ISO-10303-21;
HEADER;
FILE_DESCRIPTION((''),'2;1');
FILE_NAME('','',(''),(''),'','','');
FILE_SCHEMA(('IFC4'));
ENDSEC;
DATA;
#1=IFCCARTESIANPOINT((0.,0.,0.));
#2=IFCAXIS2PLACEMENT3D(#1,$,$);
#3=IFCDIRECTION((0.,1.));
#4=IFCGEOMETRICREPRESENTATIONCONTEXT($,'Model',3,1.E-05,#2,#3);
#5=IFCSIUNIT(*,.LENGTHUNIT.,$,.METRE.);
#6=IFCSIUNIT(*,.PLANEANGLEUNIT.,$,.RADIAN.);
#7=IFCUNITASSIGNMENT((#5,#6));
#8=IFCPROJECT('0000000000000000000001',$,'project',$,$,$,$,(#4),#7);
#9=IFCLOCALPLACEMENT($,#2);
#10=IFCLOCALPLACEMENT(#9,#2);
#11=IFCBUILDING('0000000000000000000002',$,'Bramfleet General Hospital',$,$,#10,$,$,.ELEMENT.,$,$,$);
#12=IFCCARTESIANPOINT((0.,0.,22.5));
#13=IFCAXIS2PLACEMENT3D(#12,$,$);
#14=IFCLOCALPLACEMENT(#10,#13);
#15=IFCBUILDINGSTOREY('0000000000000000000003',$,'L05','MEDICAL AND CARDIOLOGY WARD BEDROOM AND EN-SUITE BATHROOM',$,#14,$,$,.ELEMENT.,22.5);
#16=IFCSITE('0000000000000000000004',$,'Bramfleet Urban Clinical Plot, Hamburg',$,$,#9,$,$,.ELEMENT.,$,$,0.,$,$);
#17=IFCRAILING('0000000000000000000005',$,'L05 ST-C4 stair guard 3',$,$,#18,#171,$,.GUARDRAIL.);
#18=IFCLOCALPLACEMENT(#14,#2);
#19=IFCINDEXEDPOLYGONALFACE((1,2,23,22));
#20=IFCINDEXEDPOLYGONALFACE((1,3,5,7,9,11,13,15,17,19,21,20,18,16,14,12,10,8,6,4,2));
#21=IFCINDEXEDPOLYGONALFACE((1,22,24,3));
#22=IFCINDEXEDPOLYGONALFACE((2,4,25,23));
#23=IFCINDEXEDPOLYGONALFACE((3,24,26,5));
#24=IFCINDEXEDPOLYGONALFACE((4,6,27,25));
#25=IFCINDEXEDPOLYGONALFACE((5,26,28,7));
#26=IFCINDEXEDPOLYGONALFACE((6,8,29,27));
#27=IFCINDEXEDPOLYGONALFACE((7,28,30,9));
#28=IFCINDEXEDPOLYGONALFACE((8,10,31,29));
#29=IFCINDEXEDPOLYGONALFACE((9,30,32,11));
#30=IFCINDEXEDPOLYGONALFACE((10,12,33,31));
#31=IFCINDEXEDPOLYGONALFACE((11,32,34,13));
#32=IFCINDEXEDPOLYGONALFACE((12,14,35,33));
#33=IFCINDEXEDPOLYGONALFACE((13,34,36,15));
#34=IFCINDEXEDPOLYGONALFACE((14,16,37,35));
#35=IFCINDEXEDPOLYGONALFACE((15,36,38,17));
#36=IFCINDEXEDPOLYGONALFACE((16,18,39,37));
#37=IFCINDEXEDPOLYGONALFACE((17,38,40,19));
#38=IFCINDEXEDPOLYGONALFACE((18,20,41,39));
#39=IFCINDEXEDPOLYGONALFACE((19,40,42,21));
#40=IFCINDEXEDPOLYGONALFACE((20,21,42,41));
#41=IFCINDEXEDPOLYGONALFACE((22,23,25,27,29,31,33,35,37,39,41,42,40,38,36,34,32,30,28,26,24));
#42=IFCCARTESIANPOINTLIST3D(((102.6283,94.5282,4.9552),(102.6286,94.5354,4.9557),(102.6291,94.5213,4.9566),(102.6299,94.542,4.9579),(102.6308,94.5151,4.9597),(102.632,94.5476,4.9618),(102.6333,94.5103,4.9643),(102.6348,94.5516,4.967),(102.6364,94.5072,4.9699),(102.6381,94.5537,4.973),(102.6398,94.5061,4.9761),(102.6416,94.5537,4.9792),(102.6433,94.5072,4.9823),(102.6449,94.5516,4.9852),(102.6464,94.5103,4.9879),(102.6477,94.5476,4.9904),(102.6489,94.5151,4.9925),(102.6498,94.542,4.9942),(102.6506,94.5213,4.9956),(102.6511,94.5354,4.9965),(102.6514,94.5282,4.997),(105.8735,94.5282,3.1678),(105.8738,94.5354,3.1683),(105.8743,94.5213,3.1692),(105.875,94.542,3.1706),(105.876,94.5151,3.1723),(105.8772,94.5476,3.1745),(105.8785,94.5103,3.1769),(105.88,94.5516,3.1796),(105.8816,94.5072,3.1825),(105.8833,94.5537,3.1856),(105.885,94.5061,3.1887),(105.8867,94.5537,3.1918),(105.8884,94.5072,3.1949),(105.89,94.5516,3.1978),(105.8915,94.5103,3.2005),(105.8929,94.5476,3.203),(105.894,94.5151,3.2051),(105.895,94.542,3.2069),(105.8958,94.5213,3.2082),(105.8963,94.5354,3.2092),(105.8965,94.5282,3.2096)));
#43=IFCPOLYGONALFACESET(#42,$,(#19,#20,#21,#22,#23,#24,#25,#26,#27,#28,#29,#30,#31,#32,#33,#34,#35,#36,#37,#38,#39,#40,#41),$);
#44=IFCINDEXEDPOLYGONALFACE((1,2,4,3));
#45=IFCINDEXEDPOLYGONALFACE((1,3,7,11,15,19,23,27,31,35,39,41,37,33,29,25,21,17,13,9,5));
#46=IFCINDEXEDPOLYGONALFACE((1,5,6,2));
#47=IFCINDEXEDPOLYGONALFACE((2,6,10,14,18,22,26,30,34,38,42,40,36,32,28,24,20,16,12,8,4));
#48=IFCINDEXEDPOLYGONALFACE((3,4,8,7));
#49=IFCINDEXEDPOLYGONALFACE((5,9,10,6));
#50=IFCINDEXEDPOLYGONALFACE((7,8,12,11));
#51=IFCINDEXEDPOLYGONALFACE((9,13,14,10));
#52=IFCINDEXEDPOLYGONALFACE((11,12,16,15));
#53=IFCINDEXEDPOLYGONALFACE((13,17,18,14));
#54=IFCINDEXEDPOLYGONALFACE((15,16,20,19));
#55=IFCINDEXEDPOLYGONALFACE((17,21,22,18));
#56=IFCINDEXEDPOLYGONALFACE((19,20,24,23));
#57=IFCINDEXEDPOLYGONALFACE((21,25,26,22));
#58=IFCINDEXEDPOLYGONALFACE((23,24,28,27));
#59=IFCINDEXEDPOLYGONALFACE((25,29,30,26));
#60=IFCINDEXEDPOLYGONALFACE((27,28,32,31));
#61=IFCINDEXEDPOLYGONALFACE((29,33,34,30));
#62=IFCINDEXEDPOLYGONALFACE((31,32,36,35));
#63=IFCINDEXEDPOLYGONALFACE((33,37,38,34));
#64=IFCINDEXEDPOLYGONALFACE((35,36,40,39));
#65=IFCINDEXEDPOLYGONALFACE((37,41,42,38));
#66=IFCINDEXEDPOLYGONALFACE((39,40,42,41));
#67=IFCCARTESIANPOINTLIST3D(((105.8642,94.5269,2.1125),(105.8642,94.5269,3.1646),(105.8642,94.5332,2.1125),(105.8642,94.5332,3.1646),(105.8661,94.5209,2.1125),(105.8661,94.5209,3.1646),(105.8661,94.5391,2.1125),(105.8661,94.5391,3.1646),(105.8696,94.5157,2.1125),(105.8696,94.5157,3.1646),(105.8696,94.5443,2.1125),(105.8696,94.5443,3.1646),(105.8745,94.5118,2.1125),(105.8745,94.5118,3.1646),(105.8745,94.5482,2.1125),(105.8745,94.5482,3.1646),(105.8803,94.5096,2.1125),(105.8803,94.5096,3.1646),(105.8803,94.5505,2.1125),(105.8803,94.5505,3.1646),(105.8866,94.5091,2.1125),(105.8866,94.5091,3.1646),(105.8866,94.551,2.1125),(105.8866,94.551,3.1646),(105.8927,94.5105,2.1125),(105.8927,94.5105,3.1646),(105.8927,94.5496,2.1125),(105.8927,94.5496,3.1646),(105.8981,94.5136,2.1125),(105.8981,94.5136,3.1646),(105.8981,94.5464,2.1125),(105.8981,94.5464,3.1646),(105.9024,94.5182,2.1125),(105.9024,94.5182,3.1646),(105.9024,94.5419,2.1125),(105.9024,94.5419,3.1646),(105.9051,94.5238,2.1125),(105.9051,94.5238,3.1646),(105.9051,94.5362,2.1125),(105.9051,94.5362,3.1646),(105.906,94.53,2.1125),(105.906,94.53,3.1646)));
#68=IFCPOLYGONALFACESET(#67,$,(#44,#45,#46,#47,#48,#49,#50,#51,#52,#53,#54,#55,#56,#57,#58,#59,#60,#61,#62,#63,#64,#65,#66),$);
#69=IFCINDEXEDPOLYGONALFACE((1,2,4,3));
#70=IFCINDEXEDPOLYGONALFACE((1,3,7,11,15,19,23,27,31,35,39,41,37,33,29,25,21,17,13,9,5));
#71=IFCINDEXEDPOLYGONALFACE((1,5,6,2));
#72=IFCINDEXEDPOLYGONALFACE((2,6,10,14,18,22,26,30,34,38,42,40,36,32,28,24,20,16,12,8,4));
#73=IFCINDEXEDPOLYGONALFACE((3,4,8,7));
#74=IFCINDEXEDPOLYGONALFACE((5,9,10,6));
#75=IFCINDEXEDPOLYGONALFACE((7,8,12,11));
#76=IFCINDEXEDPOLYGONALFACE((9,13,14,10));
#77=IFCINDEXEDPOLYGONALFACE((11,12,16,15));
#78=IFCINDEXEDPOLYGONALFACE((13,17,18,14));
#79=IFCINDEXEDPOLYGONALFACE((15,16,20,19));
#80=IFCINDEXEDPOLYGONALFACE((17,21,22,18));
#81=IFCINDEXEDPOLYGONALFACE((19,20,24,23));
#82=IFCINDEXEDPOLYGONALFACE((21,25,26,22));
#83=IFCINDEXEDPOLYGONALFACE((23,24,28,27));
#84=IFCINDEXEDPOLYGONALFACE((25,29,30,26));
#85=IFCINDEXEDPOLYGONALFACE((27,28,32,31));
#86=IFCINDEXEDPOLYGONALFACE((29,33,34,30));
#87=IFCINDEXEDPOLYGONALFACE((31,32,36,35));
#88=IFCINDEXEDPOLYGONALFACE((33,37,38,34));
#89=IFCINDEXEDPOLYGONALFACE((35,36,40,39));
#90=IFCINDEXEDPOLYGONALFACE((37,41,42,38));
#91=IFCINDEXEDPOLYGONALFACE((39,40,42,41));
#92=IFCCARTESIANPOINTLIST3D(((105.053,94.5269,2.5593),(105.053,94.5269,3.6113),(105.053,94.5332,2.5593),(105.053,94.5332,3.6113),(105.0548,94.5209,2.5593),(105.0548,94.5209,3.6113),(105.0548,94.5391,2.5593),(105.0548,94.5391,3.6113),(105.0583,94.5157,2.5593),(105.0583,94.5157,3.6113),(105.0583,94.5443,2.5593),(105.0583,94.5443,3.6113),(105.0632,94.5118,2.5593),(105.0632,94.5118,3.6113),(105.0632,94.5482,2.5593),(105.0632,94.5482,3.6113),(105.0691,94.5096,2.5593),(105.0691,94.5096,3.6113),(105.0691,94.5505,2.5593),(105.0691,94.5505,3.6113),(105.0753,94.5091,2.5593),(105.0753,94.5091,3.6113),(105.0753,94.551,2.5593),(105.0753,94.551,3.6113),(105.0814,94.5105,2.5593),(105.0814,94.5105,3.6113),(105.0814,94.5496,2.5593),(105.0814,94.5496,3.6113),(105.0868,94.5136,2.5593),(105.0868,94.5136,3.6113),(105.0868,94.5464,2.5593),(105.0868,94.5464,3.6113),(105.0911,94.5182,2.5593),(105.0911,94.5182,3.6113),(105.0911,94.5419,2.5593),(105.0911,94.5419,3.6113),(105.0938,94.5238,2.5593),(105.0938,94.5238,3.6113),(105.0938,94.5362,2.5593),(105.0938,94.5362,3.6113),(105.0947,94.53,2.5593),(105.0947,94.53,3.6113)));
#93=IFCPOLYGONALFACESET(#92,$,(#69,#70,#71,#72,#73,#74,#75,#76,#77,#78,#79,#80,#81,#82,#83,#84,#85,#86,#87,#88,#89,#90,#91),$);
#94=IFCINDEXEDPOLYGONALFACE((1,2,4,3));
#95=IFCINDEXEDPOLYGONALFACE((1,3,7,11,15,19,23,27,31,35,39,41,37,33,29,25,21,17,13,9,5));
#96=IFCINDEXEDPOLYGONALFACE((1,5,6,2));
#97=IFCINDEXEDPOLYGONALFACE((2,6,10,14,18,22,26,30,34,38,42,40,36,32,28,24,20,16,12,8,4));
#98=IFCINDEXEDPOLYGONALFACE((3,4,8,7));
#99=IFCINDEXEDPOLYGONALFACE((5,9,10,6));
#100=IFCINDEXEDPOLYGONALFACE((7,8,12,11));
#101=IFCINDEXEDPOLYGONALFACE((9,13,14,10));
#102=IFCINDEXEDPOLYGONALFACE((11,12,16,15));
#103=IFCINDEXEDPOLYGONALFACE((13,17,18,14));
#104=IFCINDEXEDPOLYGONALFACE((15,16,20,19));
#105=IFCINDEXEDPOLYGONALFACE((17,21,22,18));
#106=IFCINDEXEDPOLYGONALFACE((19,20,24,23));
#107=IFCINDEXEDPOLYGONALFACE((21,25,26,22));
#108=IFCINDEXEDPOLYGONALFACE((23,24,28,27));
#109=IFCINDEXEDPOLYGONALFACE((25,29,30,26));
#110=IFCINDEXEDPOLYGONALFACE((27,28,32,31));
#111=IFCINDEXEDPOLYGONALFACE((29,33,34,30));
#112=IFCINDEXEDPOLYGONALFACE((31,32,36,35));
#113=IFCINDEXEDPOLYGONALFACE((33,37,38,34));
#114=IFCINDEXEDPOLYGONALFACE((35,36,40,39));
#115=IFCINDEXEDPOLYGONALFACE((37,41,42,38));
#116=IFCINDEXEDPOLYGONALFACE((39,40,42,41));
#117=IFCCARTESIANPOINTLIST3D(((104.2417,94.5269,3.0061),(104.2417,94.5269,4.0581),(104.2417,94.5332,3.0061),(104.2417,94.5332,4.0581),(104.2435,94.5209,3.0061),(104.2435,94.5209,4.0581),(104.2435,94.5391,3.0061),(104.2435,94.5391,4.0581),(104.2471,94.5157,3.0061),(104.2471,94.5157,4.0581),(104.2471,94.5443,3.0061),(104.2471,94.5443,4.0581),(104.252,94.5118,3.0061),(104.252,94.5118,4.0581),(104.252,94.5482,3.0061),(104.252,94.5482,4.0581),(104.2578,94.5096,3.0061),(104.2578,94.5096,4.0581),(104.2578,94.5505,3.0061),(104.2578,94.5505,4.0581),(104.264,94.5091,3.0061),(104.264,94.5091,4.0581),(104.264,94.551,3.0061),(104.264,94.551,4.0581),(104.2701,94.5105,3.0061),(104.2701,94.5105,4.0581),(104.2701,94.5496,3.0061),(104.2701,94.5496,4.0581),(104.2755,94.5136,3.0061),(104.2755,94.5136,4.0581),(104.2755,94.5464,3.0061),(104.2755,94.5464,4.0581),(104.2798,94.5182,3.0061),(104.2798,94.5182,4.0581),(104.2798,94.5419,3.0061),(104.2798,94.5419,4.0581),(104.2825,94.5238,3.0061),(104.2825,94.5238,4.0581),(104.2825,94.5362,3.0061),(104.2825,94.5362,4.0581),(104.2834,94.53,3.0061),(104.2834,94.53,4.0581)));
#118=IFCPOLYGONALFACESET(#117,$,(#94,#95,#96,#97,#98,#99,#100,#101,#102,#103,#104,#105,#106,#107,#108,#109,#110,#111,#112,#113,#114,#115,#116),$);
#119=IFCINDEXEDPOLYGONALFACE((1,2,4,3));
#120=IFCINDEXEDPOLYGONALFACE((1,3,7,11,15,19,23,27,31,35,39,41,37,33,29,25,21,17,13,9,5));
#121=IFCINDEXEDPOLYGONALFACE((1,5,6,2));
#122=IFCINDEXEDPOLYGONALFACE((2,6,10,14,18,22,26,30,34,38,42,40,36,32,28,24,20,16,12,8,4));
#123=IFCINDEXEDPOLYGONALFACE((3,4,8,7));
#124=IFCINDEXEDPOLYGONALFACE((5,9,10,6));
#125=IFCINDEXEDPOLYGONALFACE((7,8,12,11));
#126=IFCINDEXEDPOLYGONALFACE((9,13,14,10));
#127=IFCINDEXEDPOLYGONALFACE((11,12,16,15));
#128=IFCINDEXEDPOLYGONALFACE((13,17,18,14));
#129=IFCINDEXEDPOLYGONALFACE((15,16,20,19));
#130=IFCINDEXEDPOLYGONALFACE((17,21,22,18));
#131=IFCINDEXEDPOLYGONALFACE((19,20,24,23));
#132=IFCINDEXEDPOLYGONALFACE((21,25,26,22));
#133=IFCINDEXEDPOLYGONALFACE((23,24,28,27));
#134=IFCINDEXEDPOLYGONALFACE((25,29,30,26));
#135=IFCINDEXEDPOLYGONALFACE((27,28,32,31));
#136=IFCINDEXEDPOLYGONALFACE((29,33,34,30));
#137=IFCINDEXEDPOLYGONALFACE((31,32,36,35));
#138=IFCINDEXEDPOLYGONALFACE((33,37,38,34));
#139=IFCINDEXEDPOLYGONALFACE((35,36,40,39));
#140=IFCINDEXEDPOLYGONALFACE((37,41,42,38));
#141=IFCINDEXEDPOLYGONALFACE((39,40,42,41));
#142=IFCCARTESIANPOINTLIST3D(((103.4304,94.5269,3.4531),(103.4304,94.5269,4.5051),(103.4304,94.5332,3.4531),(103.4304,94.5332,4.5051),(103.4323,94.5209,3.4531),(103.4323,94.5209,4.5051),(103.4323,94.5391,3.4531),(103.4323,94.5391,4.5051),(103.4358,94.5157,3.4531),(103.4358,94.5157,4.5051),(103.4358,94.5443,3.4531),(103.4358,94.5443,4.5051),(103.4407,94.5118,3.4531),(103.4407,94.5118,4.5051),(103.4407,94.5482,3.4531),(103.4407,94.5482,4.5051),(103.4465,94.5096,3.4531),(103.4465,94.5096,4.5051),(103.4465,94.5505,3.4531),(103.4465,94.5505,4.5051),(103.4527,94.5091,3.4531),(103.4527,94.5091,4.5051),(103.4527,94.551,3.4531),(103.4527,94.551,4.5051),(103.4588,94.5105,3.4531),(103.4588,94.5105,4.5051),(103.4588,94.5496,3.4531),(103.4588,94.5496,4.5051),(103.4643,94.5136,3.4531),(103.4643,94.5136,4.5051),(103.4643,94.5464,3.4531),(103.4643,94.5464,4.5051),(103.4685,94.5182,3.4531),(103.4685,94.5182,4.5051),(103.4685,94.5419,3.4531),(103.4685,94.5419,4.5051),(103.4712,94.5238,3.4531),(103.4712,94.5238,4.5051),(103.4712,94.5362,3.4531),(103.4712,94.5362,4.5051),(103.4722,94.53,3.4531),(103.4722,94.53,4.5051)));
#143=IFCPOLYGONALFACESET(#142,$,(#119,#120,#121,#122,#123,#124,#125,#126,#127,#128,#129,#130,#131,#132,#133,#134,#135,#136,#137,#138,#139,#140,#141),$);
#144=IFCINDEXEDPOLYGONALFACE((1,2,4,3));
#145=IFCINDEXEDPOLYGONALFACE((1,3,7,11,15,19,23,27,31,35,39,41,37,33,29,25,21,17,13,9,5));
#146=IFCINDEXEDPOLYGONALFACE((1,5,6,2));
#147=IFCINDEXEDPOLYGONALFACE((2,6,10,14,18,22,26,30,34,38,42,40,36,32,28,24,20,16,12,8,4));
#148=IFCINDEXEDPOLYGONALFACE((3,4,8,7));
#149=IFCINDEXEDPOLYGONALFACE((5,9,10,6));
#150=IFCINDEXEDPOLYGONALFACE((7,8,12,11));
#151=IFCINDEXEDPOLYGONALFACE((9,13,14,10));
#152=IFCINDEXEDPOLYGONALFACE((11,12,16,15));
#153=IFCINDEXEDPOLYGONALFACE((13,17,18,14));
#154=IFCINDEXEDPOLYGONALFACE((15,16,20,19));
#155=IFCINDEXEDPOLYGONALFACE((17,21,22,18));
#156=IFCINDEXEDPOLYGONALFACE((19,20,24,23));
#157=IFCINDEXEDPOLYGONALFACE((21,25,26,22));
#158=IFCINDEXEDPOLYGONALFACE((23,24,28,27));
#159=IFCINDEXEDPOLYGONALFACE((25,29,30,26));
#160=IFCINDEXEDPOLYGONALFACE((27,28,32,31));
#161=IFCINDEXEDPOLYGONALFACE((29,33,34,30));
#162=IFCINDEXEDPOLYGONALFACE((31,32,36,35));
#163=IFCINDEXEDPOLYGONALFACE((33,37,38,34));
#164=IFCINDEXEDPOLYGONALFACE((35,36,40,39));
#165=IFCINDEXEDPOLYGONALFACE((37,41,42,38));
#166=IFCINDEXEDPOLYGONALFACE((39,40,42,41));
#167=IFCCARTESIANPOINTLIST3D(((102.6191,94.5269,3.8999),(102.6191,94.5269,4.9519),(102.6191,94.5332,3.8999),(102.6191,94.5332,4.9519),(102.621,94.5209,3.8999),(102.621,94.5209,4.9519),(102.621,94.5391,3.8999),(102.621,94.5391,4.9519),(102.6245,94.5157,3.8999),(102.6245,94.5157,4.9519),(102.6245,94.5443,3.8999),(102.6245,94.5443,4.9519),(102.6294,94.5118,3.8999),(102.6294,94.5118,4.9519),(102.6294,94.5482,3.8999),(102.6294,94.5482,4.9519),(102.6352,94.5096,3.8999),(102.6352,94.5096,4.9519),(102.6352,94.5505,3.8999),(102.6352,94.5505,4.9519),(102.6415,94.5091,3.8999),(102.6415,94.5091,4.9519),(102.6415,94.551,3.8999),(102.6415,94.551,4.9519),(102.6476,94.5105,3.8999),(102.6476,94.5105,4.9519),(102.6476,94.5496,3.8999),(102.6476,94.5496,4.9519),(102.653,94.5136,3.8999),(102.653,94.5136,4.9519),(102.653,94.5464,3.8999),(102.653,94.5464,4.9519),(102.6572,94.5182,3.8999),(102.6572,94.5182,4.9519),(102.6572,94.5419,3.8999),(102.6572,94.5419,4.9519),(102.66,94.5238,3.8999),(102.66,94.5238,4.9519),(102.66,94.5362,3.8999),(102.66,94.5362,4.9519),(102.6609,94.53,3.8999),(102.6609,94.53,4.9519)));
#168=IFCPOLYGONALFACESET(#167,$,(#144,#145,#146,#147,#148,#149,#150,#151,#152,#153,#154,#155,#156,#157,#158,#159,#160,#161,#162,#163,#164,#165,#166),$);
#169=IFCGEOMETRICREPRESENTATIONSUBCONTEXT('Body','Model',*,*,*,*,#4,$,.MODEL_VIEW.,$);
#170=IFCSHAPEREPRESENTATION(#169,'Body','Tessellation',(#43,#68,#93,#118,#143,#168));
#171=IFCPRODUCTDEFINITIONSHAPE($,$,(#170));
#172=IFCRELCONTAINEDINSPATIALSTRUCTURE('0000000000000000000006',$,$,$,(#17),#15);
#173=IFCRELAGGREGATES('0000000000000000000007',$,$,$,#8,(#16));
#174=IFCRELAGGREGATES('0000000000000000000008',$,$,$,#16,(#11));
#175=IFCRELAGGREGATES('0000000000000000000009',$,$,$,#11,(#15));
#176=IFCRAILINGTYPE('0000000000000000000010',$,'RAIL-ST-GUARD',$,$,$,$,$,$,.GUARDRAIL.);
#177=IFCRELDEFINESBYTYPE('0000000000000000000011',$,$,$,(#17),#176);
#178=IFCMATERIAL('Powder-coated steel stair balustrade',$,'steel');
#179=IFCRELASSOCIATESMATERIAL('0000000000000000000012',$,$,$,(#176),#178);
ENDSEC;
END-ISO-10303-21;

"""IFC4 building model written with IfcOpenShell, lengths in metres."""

from ifc_helpers import new_model, si_unit, direction, frame, origin, origin_2d, place, context, subcontext, project, spatial, circle, extrude, material, type_object, element, save


model = new_model("IFC4")

# Units and contexts
model_context = context("Model", 3, precision=1e-05, world=origin(), true_north=direction((0.0, 1.0)))
body_context = subcontext(model_context, "Body", "Model", "MODEL_VIEW")
ifc_project = project(units=[si_unit("LENGTHUNIT", "METRE"), si_unit("PLANEANGLEUNIT", "RADIAN")], contexts=[model_context])

# Site, building, storey
site_placement = place(None, origin())
site = spatial("IfcSite", under=ifc_project, at=site_placement, Name="Bramfleet Urban Clinical Plot, Hamburg", CompositionType="ELEMENT", RefElevation=0.0)
building_placement = place(site_placement, origin())
building = spatial("IfcBuilding", under=site, at=building_placement, Name="Bramfleet General Hospital", CompositionType="ELEMENT")
storey_placement = place(building_placement, frame((0.0, 0.0, 22.5)))
storey = spatial("IfcBuildingStorey", under=building, at=storey_placement, Name="L05", Description="MEDICAL AND CARDIOLOGY WARD BEDROOM AND EN-SUITE BATHROOM", CompositionType="ELEMENT", Elevation=22.5)

# Railing
ifc_material_1 = material(Name="Powder-coated steel stair balustrade", Category="steel")
railing_type_1 = type_object("IfcRailingType", Name="RAIL-ST-GUARD", PredefinedType="GUARDRAIL", material=ifc_material_1)
railing_1_placement = place(storey_placement, frame((105.885, 94.53, 2.1125)))
element("IfcRailing", 1, at=railing_1_placement, inside=storey, type_object=railing_type_1, Name="L05 ST-C4 stair guard 3", PredefinedType="GUARDRAIL", context=body_context, shape_type="SweptSolid", body=[
    extrude(circle(Radius=0.0239, at=origin_2d()), frame((0.0, 0.0, 1.0762), z_axis=(-0.875926, 0.0, 0.482445), x_axis=(0.0, -1.0, 0.0)), (0.0, 0.0, 1.0), 3.7048),
    extrude(circle(Radius=0.021, at=origin_2d()), origin(), (0.0, 0.0, 1.0), 1.052),
    extrude(circle(Radius=0.021, at=origin_2d()), frame((-0.8113, 0.0, 0.4468)), (0.0, 0.0, 1.0), 1.052),
    extrude(circle(Radius=0.021, at=origin_2d()), frame((-1.6226, 0.0, 0.8936)), (0.0, 0.0, 1.0), 1.052),
    extrude(circle(Radius=0.021, at=origin_2d()), frame((-2.4338, 0.0, 1.3406)), (0.0, 0.0, 1.0), 1.052),
    extrude(circle(Radius=0.021, at=origin_2d()), frame((-3.2451, 0.0, 1.7874)), (0.0, 0.0, 1.0), 1.052),
])

save(model, "model.ifc")
